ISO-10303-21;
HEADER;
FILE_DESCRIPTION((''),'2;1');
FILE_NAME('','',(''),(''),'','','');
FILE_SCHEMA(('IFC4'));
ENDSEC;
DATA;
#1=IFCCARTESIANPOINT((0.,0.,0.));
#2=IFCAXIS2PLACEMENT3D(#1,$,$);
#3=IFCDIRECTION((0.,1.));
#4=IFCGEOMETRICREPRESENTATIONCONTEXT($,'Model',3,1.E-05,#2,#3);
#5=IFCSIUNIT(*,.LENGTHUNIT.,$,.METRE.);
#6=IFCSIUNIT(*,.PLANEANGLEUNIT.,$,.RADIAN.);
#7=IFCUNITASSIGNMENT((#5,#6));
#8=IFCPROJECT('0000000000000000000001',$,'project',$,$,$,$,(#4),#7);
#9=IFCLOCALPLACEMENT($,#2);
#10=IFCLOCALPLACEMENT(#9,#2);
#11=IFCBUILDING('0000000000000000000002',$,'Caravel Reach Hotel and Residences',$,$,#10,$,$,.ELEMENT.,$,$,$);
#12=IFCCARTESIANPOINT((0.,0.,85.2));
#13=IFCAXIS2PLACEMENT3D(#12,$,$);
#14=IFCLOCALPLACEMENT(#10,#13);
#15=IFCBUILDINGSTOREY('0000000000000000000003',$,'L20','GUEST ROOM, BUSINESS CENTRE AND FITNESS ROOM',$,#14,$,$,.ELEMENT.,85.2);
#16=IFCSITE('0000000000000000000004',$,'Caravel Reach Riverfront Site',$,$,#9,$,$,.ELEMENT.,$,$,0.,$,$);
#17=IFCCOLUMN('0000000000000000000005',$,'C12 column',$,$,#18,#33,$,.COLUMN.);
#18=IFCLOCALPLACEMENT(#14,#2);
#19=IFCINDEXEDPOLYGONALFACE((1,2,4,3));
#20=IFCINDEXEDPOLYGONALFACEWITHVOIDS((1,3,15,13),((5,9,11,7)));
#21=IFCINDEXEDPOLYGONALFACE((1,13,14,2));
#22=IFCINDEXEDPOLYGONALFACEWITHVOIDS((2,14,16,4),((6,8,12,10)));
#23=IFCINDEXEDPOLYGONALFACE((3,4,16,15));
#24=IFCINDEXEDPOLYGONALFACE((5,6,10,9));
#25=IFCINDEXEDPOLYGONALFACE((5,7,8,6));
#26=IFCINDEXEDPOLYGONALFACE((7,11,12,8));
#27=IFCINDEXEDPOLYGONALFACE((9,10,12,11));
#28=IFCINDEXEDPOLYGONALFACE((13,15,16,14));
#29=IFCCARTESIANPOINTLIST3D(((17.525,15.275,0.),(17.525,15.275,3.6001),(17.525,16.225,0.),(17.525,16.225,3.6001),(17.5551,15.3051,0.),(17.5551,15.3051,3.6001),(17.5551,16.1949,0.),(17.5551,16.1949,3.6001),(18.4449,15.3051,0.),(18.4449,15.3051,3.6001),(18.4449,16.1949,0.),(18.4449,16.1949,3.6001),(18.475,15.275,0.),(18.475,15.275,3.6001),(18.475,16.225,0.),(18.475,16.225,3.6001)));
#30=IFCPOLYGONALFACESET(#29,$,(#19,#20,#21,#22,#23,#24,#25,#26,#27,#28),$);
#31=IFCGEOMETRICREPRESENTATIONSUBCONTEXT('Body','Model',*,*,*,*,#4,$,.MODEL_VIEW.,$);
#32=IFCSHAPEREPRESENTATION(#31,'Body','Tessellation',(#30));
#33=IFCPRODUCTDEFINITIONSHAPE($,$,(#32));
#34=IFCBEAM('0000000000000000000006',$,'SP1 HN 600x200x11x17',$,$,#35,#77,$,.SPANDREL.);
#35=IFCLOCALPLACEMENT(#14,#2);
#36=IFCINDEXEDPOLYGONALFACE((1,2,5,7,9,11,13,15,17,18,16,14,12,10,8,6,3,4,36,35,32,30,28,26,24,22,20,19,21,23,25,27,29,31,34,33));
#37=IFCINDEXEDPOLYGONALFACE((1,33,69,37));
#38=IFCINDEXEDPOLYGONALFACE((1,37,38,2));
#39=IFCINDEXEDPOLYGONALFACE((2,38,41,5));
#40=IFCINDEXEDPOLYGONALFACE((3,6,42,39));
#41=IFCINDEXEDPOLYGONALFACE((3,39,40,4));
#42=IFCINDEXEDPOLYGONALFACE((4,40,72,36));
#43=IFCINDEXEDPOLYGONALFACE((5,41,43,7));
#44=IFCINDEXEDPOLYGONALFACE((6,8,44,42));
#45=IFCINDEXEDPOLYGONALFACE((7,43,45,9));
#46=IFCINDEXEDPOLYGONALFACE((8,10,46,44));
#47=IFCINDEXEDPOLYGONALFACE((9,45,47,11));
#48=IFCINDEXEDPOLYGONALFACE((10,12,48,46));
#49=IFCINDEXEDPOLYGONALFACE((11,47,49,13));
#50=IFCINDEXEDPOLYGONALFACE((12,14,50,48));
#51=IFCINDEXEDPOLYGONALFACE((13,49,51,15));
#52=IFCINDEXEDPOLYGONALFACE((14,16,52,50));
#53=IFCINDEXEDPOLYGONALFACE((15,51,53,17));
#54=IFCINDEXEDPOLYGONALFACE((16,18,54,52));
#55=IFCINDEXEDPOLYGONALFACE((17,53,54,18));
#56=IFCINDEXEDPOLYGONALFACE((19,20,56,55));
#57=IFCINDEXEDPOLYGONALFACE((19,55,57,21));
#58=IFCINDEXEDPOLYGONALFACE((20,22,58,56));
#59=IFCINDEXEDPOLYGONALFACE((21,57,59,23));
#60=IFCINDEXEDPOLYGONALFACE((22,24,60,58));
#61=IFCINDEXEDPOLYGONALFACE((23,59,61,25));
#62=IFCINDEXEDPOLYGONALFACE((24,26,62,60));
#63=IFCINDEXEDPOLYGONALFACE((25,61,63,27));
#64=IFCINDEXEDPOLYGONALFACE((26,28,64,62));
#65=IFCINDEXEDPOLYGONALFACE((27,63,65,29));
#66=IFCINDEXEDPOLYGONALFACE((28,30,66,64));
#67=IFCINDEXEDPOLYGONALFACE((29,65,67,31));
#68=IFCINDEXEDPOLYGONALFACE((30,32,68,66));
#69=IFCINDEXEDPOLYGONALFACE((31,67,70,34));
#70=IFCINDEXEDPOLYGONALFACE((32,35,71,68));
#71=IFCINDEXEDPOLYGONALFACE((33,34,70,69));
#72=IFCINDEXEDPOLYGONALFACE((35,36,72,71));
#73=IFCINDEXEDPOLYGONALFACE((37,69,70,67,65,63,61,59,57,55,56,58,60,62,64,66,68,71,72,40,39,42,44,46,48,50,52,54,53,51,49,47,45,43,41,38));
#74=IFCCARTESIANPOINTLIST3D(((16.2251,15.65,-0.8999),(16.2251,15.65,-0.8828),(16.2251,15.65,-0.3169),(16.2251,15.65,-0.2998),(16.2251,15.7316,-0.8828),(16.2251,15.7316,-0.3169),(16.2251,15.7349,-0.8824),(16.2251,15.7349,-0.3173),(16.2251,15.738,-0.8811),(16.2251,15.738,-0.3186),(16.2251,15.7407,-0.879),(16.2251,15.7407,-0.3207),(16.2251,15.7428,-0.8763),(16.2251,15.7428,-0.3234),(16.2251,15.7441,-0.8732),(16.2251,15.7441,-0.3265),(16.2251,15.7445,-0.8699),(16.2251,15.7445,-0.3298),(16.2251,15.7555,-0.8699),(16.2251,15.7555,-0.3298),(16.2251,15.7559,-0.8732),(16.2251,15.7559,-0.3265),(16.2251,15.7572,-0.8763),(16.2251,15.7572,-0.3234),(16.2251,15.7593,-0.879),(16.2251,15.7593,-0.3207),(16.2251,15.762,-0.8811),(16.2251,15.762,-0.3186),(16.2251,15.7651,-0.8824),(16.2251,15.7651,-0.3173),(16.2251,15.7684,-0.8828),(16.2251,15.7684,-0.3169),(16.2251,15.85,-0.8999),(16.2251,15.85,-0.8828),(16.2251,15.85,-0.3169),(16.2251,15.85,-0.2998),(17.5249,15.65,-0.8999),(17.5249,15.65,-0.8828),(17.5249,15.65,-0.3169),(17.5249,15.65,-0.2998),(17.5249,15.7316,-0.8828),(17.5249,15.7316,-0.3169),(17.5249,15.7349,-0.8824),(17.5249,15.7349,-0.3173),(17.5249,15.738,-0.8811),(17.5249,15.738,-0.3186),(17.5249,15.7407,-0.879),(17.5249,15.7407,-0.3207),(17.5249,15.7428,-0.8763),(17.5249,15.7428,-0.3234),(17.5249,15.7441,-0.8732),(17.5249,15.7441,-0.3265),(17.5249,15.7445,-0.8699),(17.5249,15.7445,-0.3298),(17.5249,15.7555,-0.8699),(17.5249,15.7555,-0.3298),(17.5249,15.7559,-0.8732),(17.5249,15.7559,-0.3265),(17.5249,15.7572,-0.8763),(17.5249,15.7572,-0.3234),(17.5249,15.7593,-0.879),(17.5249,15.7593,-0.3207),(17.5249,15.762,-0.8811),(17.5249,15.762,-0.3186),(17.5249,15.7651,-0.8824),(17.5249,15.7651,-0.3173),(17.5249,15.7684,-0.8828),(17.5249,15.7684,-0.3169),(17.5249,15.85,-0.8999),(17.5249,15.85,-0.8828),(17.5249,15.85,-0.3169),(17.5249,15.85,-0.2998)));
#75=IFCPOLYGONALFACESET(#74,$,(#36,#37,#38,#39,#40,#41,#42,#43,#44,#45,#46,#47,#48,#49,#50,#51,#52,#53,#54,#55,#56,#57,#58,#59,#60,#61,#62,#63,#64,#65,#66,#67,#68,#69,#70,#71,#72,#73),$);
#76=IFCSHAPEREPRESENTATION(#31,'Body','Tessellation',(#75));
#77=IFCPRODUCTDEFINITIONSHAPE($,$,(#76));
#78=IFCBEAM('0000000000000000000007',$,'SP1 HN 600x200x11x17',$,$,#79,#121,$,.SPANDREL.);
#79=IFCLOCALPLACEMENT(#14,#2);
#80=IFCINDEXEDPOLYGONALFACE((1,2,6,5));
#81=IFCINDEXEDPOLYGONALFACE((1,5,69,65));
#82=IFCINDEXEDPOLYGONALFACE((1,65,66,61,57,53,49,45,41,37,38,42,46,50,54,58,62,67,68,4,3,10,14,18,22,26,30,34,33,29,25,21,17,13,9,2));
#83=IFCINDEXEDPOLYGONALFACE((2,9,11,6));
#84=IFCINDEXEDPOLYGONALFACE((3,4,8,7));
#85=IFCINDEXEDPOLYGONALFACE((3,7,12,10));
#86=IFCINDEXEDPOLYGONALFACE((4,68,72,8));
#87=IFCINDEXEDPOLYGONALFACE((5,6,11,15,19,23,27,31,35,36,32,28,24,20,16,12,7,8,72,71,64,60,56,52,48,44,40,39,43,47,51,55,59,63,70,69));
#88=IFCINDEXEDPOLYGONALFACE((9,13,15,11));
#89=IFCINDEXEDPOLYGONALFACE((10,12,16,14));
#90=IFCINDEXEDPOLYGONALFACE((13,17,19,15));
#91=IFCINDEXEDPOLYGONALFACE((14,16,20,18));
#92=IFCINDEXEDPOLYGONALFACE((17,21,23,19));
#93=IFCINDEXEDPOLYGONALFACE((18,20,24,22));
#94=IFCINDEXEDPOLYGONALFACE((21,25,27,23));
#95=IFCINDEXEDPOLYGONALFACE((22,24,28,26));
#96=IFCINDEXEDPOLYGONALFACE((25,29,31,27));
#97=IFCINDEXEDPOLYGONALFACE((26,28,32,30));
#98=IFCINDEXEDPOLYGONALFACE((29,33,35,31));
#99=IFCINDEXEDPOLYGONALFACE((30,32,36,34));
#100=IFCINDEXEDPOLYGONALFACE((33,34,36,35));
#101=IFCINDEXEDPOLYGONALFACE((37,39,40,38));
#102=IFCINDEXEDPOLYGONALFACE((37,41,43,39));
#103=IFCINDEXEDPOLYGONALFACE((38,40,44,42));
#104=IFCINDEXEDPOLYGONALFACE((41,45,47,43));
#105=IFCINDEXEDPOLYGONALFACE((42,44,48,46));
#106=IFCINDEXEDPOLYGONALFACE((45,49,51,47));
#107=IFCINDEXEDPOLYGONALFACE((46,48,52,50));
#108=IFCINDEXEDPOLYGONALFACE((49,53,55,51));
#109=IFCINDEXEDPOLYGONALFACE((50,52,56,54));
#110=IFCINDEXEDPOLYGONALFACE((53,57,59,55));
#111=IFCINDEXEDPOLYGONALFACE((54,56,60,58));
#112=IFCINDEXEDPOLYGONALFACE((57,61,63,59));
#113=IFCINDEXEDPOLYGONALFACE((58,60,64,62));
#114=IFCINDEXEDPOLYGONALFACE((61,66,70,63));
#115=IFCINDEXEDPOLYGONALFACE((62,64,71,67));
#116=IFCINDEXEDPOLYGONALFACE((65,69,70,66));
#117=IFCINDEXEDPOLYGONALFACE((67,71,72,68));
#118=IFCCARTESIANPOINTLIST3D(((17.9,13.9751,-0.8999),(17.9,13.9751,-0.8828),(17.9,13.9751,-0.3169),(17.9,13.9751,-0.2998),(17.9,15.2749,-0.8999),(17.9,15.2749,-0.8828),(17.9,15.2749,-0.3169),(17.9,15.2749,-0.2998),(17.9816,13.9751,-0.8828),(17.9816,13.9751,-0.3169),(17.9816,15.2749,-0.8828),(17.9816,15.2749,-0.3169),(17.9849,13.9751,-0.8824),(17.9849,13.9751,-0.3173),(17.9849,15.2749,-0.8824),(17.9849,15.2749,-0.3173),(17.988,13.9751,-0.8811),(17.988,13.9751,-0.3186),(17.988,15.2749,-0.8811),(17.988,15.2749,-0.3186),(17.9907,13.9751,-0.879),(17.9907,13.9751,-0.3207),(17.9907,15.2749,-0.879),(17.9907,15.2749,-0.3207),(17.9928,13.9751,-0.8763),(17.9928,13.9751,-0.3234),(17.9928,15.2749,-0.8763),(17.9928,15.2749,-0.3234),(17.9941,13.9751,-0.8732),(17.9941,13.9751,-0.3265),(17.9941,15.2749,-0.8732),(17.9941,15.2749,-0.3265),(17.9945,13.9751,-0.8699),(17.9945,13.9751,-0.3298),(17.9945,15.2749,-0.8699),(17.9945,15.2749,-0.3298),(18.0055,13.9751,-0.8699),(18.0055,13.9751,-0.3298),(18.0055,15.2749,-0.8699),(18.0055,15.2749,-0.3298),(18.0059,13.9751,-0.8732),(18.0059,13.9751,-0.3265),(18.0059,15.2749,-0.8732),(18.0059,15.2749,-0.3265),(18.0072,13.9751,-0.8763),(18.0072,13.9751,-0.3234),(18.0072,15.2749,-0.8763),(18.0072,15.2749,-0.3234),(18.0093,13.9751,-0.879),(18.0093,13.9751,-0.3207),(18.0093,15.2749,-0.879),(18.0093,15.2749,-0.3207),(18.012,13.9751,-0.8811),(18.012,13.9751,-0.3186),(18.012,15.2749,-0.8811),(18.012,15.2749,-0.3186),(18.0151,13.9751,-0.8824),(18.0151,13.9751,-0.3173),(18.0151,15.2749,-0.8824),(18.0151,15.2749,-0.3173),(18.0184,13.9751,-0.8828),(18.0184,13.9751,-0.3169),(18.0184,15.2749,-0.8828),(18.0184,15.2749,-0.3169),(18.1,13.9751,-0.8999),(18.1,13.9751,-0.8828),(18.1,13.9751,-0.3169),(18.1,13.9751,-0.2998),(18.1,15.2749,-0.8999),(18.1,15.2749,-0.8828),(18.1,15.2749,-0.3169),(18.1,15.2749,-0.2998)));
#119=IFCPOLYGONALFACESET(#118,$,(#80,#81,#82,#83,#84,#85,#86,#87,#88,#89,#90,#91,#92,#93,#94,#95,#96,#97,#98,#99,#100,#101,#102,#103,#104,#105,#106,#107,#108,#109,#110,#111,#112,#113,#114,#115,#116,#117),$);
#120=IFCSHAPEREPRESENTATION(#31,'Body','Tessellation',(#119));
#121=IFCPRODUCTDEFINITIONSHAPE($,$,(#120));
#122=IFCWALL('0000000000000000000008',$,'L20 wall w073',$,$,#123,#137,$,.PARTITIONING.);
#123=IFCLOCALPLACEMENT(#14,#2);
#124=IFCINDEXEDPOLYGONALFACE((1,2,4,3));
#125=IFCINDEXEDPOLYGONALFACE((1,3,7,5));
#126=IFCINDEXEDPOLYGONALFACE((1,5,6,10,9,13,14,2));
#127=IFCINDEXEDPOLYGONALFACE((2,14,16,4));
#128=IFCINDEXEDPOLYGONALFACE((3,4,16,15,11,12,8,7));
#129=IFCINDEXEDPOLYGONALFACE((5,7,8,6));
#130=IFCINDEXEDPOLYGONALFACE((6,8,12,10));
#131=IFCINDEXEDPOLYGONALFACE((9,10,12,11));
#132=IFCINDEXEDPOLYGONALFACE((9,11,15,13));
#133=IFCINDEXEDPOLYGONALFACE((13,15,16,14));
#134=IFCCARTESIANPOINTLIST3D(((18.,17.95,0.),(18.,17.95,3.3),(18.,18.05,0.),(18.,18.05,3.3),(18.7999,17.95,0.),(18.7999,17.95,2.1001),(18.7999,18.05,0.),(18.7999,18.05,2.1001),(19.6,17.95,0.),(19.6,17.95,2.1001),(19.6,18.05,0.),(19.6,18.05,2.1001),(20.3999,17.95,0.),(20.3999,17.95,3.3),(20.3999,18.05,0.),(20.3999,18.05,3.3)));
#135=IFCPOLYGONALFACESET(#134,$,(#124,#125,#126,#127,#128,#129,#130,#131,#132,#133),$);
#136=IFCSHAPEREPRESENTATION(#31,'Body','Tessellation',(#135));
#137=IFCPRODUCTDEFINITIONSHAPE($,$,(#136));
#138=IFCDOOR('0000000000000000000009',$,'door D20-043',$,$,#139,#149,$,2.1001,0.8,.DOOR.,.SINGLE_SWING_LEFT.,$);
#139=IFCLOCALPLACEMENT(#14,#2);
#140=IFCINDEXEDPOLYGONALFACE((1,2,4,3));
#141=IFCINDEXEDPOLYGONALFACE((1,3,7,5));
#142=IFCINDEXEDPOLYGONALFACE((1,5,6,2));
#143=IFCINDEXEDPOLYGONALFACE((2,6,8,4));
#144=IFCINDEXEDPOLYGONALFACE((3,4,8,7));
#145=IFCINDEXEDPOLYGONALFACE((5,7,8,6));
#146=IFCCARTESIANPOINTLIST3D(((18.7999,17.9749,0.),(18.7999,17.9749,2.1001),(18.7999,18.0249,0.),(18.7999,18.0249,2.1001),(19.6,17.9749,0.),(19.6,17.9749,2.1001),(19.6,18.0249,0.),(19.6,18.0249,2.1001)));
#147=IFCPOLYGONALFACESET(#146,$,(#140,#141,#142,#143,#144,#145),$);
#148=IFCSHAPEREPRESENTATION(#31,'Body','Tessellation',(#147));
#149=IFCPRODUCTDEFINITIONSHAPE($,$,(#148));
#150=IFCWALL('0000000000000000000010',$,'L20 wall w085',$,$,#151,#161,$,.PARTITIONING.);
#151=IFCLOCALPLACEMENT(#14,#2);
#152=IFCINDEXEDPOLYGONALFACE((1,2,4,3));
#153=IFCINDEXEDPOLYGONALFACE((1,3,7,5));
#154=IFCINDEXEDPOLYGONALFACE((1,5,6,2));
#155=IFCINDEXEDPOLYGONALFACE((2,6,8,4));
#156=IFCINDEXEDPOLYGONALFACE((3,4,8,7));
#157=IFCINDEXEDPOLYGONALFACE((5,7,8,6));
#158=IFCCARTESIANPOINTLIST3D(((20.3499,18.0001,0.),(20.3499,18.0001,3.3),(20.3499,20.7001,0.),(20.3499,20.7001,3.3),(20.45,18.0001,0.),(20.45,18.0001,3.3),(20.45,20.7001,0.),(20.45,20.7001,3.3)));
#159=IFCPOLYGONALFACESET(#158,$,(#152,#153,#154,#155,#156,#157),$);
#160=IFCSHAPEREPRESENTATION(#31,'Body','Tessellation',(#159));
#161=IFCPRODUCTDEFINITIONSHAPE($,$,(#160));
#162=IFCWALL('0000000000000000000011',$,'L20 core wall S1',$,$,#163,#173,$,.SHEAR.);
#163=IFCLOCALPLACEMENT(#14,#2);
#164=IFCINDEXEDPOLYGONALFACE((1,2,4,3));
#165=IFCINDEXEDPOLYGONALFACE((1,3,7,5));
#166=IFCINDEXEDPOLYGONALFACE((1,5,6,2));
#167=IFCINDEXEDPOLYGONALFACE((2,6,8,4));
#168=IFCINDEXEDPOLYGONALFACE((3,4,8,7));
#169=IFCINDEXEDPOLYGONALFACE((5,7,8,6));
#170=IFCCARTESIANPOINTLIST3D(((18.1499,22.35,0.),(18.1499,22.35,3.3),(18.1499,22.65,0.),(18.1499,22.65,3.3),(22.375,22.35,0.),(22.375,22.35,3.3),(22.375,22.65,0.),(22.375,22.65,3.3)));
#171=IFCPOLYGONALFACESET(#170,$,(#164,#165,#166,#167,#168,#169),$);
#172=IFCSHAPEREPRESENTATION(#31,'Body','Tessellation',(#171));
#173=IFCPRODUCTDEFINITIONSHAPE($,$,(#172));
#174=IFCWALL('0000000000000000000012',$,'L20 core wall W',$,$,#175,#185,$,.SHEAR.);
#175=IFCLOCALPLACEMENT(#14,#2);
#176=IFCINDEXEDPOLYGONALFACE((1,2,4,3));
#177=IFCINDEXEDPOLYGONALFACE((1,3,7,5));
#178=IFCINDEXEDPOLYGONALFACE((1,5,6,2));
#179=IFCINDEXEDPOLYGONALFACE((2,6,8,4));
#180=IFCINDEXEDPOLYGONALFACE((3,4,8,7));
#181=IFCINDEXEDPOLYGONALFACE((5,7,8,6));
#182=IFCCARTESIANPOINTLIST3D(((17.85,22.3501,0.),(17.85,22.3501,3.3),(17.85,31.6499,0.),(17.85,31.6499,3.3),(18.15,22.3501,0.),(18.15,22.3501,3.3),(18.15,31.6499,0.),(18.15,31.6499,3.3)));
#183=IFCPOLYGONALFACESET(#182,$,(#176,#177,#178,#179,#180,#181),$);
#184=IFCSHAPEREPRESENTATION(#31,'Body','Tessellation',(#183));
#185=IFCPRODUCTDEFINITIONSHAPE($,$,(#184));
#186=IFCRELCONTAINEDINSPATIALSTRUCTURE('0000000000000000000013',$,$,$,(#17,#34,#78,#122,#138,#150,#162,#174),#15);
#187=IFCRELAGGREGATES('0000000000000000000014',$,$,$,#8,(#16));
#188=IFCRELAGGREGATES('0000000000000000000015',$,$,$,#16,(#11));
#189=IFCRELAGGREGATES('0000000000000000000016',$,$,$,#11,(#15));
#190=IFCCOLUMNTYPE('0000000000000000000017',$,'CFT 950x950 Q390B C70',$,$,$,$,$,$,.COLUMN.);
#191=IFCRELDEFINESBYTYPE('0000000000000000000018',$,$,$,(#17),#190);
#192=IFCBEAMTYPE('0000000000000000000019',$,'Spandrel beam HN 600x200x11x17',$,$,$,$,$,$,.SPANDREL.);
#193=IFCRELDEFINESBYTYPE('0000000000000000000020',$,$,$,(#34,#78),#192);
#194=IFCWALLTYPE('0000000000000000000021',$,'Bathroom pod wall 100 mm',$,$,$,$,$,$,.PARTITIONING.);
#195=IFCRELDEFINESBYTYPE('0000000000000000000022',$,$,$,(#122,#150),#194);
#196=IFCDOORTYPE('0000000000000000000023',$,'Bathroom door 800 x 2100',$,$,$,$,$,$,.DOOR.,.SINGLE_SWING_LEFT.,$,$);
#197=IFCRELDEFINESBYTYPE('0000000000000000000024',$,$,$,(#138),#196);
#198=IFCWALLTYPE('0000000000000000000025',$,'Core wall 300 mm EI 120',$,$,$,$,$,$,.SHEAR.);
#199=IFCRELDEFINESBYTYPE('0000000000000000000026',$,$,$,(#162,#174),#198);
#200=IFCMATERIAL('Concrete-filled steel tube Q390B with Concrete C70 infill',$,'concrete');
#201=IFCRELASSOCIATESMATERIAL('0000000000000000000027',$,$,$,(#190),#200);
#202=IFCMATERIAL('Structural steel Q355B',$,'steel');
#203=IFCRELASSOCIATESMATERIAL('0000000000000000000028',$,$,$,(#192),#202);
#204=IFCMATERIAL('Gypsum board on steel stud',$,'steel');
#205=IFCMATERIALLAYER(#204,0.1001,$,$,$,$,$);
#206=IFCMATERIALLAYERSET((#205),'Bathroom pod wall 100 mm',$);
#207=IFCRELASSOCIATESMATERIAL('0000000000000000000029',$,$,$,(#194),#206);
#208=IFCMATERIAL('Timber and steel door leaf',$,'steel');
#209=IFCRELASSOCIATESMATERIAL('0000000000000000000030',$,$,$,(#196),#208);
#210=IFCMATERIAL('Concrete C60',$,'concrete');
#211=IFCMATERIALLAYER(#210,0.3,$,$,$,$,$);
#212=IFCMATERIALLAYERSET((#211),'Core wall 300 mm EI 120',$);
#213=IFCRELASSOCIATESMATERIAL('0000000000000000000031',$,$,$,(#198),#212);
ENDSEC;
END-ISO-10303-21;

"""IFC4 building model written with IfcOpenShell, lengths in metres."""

from ifc_helpers import new_model, si_unit, direction, frame, frame_2d, origin, origin_2d, place, context, subcontext, project, spatial, rectangle, hollow_rectangle, i_section, extrude, material, layer, layer_set, material_profile, profile_set, type_object, element, fill, save


model = new_model("IFC4")

# Units and contexts
model_context = context("Model", 3, precision=1e-05, world=origin(), true_north=direction((0.0, 1.0)))
body_context = subcontext(model_context, "Body", "Model", "MODEL_VIEW")
ifc_project = project(units=[si_unit("LENGTHUNIT", "METRE"), si_unit("PLANEANGLEUNIT", "RADIAN")], contexts=[model_context])

# Site, building, storey
site_placement = place(None, origin())
site = spatial("IfcSite", under=ifc_project, at=site_placement, Name="Caravel Reach Riverfront Site", CompositionType="ELEMENT", RefElevation=0.0)
building_placement = place(site_placement, origin())
building = spatial("IfcBuilding", under=site, at=building_placement, Name="Caravel Reach Hotel and Residences", CompositionType="ELEMENT")
storey_placement = place(building_placement, frame((0.0, 0.0, 85.2)))
storey = spatial("IfcBuildingStorey", under=building, at=storey_placement, Name="L20", Description="GUEST ROOM, BUSINESS CENTRE AND FITNESS ROOM", CompositionType="ELEMENT", Elevation=85.2)

# Column
ifc_material_1 = material(Name="Concrete-filled steel tube Q390B with Concrete C70 infill", Category="concrete")
ifc_material_profile_1 = material_profile(ifc_material_1, hollow_rectangle(XDim=0.95, YDim=0.95, WallThickness=0.03, at=origin_2d()), Name="RHS 950x950x30")
ifc_profile_set_1 = profile_set([ifc_material_profile_1], Name="Concrete-filled steel tube Q390B with Concrete C70 infill")
column_type = type_object("IfcColumnType", Name="CFT 950x950 Q390B C70", PredefinedType="COLUMN", material=ifc_profile_set_1)
column_placement = place(storey_placement, frame((18.0, 15.75, 0.0), z_axis=(0.0, 0.0, 1.0), x_axis=(1.0, 0.0, 0.0)))
element("IfcColumn", 1, at=column_placement, inside=storey, type_object=column_type, Name="C12 column", PredefinedType="COLUMN", context=body_context, shape_type="SweptSolid", body=[
    extrude(hollow_rectangle(XDim=0.95, YDim=0.95, WallThickness=0.03, at=origin_2d()), origin(), (0.0, 0.0, 1.0), 3.6001),
])

# Beams
ifc_material_2 = material(Name="Structural steel Q355B", Category="steel")
ifc_material_profile_2 = material_profile(ifc_material_2, i_section(OverallWidth=0.2, OverallDepth=0.6001, WebThickness=0.011, FlangeThickness=0.0171, FilletRadius=0.0129, at=origin_2d()), Name="HN 600x200x11x17")
ifc_profile_set_2 = profile_set([ifc_material_profile_2], Name="Structural steel Q355B")
beam_type = type_object("IfcBeamType", Name="Spandrel beam HN 600x200x11x17", PredefinedType="SPANDREL", material=ifc_profile_set_2)
for number, where, z_axis, x_axis, name in (
    (2, (16.2251, 15.75, -0.5999), (1.0, 0.0, 0.0), (0.0, 1.0, 0.0), "SP1 HN 600x200x11x17"),
    (3, (18.0, 15.2749, -0.5999), (0.0, -1.0, 0.0), (1.0, 0.0, 0.0), "SP1 HN 600x200x11x17"),
):
    element("IfcBeam", number, at=place(storey_placement, frame(where, z_axis=z_axis, x_axis=x_axis)), inside=storey, type_object=beam_type, Name=name, PredefinedType="SPANDREL", context=body_context, shape_type="SweptSolid", body=[
        extrude(i_section(OverallWidth=0.2, OverallDepth=0.6001, WebThickness=0.011, FlangeThickness=0.0171, FilletRadius=0.0129, at=origin_2d()), origin(), (0.0, 0.0, 1.0), 1.2998),
    ])

# Wall, opening, door
ifc_material_3 = material(Name="Gypsum board on steel stud", Category="steel")
ifc_layer_1 = layer(ifc_material_3, 0.1001)
ifc_layer_set_1 = layer_set([ifc_layer_1], Name="Bathroom pod wall 100 mm")
wall_type_1 = type_object("IfcWallType", Name="Bathroom pod wall 100 mm", PredefinedType="PARTITIONING", material=ifc_layer_set_1)
wall_1_placement = place(storey_placement, frame((18.0, 18.0, 0.0), z_axis=(0.0, 0.0, 1.0), x_axis=(1.0, 0.0, 0.0)))
wall_1 = element("IfcWall", 4, at=wall_1_placement, inside=storey, type_object=wall_type_1, Name="L20 wall w073", PredefinedType="PARTITIONING", context=body_context, shape_type="SweptSolid", body=[
    extrude(rectangle(XDim=2.3999, YDim=0.1001, at=frame_2d((1.2, 0.0))), origin(), (0.0, 0.0, 1.0), 3.3),
])
opening_1_placement = place(wall_1_placement, frame((0.8, 0.0, 0.0)))
opening_1 = element("IfcOpeningElement", 5, at=opening_1_placement, cuts=wall_1, PredefinedType="OPENING", context=body_context, shape_type="SweptSolid", body=[
    extrude(rectangle(XDim=0.8, YDim=2.1001, at=frame_2d((0.3999, 1.05))), frame((0.0, 0.0601, 0.0), z_axis=(0.0, -1.0, 0.0), x_axis=(1.0, 0.0, 0.0)), (0.0, 0.0, 1.0), 0.1201),
])
ifc_material_4 = material(Name="Timber and steel door leaf", Category="steel")
door_type_1 = type_object("IfcDoorType", Name="Bathroom door 800 x 2100", OperationType="SINGLE_SWING_LEFT", PredefinedType="DOOR", material=ifc_material_4)
door_1_placement = place(opening_1_placement, origin())
door_1 = element("IfcDoor", 6, at=door_1_placement, inside=storey, type_object=door_type_1, Name="door D20-043", OperationType="SINGLE_SWING_LEFT", OverallHeight=2.1001, OverallWidth=0.8, PredefinedType="DOOR", context=body_context, shape_type="SweptSolid", body=[
    extrude(rectangle(XDim=0.8, YDim=2.1001, at=frame_2d((0.3999, 1.05))), frame((0.0, 0.0249, 0.0), z_axis=(0.0, -1.0, 0.0), x_axis=(1.0, 0.0, 0.0)), (0.0, 0.0, 1.0), 0.05),
])
fill(opening_1, door_1)

# Walls
wall_2_placement = place(storey_placement, frame((20.3999, 18.0, 0.0), z_axis=(0.0, 0.0, 1.0), x_axis=(0.0, 1.0, 0.0)))
element("IfcWall", 7, at=wall_2_placement, inside=storey, type_object=wall_type_1, Name="L20 wall w085", PredefinedType="PARTITIONING", context=body_context, shape_type="SweptSolid", body=[
    extrude(rectangle(XDim=2.7, YDim=0.1001, at=frame_2d((1.3501, 0.0))), origin(), (0.0, 0.0, 1.0), 3.3),
])
ifc_material_5 = material(Name="Concrete C60", Category="concrete")
ifc_layer_2 = layer(ifc_material_5, 0.3)
ifc_layer_set_2 = layer_set([ifc_layer_2], Name="Core wall 300 mm EI 120")
wall_type_2 = type_object("IfcWallType", Name="Core wall 300 mm EI 120", PredefinedType="SHEAR", material=ifc_layer_set_2)
wall_3_placement = place(storey_placement, frame((18.1499, 22.5, 0.0), z_axis=(0.0, 0.0, 1.0), x_axis=(1.0, 0.0, 0.0)))
element("IfcWall", 8, at=wall_3_placement, inside=storey, type_object=wall_type_2, Name="L20 core wall S1", PredefinedType="SHEAR", context=body_context, shape_type="SweptSolid", body=[
    extrude(rectangle(XDim=4.2251, YDim=0.3, at=frame_2d((2.1125, 0.0))), origin(), (0.0, 0.0, 1.0), 3.3),
])
wall_4_placement = place(storey_placement, frame((18.0, 22.3501, 0.0), z_axis=(0.0, 0.0, 1.0), x_axis=(0.0, 1.0, 0.0)))
element("IfcWall", 9, at=wall_4_placement, inside=storey, type_object=wall_type_2, Name="L20 core wall W", PredefinedType="SHEAR", context=body_context, shape_type="SweptSolid", body=[
    extrude(rectangle(XDim=9.2998, YDim=0.3, at=frame_2d((4.6499, 0.0))), origin(), (0.0, 0.0, 1.0), 3.3),
])

save(model, "model.ifc")
